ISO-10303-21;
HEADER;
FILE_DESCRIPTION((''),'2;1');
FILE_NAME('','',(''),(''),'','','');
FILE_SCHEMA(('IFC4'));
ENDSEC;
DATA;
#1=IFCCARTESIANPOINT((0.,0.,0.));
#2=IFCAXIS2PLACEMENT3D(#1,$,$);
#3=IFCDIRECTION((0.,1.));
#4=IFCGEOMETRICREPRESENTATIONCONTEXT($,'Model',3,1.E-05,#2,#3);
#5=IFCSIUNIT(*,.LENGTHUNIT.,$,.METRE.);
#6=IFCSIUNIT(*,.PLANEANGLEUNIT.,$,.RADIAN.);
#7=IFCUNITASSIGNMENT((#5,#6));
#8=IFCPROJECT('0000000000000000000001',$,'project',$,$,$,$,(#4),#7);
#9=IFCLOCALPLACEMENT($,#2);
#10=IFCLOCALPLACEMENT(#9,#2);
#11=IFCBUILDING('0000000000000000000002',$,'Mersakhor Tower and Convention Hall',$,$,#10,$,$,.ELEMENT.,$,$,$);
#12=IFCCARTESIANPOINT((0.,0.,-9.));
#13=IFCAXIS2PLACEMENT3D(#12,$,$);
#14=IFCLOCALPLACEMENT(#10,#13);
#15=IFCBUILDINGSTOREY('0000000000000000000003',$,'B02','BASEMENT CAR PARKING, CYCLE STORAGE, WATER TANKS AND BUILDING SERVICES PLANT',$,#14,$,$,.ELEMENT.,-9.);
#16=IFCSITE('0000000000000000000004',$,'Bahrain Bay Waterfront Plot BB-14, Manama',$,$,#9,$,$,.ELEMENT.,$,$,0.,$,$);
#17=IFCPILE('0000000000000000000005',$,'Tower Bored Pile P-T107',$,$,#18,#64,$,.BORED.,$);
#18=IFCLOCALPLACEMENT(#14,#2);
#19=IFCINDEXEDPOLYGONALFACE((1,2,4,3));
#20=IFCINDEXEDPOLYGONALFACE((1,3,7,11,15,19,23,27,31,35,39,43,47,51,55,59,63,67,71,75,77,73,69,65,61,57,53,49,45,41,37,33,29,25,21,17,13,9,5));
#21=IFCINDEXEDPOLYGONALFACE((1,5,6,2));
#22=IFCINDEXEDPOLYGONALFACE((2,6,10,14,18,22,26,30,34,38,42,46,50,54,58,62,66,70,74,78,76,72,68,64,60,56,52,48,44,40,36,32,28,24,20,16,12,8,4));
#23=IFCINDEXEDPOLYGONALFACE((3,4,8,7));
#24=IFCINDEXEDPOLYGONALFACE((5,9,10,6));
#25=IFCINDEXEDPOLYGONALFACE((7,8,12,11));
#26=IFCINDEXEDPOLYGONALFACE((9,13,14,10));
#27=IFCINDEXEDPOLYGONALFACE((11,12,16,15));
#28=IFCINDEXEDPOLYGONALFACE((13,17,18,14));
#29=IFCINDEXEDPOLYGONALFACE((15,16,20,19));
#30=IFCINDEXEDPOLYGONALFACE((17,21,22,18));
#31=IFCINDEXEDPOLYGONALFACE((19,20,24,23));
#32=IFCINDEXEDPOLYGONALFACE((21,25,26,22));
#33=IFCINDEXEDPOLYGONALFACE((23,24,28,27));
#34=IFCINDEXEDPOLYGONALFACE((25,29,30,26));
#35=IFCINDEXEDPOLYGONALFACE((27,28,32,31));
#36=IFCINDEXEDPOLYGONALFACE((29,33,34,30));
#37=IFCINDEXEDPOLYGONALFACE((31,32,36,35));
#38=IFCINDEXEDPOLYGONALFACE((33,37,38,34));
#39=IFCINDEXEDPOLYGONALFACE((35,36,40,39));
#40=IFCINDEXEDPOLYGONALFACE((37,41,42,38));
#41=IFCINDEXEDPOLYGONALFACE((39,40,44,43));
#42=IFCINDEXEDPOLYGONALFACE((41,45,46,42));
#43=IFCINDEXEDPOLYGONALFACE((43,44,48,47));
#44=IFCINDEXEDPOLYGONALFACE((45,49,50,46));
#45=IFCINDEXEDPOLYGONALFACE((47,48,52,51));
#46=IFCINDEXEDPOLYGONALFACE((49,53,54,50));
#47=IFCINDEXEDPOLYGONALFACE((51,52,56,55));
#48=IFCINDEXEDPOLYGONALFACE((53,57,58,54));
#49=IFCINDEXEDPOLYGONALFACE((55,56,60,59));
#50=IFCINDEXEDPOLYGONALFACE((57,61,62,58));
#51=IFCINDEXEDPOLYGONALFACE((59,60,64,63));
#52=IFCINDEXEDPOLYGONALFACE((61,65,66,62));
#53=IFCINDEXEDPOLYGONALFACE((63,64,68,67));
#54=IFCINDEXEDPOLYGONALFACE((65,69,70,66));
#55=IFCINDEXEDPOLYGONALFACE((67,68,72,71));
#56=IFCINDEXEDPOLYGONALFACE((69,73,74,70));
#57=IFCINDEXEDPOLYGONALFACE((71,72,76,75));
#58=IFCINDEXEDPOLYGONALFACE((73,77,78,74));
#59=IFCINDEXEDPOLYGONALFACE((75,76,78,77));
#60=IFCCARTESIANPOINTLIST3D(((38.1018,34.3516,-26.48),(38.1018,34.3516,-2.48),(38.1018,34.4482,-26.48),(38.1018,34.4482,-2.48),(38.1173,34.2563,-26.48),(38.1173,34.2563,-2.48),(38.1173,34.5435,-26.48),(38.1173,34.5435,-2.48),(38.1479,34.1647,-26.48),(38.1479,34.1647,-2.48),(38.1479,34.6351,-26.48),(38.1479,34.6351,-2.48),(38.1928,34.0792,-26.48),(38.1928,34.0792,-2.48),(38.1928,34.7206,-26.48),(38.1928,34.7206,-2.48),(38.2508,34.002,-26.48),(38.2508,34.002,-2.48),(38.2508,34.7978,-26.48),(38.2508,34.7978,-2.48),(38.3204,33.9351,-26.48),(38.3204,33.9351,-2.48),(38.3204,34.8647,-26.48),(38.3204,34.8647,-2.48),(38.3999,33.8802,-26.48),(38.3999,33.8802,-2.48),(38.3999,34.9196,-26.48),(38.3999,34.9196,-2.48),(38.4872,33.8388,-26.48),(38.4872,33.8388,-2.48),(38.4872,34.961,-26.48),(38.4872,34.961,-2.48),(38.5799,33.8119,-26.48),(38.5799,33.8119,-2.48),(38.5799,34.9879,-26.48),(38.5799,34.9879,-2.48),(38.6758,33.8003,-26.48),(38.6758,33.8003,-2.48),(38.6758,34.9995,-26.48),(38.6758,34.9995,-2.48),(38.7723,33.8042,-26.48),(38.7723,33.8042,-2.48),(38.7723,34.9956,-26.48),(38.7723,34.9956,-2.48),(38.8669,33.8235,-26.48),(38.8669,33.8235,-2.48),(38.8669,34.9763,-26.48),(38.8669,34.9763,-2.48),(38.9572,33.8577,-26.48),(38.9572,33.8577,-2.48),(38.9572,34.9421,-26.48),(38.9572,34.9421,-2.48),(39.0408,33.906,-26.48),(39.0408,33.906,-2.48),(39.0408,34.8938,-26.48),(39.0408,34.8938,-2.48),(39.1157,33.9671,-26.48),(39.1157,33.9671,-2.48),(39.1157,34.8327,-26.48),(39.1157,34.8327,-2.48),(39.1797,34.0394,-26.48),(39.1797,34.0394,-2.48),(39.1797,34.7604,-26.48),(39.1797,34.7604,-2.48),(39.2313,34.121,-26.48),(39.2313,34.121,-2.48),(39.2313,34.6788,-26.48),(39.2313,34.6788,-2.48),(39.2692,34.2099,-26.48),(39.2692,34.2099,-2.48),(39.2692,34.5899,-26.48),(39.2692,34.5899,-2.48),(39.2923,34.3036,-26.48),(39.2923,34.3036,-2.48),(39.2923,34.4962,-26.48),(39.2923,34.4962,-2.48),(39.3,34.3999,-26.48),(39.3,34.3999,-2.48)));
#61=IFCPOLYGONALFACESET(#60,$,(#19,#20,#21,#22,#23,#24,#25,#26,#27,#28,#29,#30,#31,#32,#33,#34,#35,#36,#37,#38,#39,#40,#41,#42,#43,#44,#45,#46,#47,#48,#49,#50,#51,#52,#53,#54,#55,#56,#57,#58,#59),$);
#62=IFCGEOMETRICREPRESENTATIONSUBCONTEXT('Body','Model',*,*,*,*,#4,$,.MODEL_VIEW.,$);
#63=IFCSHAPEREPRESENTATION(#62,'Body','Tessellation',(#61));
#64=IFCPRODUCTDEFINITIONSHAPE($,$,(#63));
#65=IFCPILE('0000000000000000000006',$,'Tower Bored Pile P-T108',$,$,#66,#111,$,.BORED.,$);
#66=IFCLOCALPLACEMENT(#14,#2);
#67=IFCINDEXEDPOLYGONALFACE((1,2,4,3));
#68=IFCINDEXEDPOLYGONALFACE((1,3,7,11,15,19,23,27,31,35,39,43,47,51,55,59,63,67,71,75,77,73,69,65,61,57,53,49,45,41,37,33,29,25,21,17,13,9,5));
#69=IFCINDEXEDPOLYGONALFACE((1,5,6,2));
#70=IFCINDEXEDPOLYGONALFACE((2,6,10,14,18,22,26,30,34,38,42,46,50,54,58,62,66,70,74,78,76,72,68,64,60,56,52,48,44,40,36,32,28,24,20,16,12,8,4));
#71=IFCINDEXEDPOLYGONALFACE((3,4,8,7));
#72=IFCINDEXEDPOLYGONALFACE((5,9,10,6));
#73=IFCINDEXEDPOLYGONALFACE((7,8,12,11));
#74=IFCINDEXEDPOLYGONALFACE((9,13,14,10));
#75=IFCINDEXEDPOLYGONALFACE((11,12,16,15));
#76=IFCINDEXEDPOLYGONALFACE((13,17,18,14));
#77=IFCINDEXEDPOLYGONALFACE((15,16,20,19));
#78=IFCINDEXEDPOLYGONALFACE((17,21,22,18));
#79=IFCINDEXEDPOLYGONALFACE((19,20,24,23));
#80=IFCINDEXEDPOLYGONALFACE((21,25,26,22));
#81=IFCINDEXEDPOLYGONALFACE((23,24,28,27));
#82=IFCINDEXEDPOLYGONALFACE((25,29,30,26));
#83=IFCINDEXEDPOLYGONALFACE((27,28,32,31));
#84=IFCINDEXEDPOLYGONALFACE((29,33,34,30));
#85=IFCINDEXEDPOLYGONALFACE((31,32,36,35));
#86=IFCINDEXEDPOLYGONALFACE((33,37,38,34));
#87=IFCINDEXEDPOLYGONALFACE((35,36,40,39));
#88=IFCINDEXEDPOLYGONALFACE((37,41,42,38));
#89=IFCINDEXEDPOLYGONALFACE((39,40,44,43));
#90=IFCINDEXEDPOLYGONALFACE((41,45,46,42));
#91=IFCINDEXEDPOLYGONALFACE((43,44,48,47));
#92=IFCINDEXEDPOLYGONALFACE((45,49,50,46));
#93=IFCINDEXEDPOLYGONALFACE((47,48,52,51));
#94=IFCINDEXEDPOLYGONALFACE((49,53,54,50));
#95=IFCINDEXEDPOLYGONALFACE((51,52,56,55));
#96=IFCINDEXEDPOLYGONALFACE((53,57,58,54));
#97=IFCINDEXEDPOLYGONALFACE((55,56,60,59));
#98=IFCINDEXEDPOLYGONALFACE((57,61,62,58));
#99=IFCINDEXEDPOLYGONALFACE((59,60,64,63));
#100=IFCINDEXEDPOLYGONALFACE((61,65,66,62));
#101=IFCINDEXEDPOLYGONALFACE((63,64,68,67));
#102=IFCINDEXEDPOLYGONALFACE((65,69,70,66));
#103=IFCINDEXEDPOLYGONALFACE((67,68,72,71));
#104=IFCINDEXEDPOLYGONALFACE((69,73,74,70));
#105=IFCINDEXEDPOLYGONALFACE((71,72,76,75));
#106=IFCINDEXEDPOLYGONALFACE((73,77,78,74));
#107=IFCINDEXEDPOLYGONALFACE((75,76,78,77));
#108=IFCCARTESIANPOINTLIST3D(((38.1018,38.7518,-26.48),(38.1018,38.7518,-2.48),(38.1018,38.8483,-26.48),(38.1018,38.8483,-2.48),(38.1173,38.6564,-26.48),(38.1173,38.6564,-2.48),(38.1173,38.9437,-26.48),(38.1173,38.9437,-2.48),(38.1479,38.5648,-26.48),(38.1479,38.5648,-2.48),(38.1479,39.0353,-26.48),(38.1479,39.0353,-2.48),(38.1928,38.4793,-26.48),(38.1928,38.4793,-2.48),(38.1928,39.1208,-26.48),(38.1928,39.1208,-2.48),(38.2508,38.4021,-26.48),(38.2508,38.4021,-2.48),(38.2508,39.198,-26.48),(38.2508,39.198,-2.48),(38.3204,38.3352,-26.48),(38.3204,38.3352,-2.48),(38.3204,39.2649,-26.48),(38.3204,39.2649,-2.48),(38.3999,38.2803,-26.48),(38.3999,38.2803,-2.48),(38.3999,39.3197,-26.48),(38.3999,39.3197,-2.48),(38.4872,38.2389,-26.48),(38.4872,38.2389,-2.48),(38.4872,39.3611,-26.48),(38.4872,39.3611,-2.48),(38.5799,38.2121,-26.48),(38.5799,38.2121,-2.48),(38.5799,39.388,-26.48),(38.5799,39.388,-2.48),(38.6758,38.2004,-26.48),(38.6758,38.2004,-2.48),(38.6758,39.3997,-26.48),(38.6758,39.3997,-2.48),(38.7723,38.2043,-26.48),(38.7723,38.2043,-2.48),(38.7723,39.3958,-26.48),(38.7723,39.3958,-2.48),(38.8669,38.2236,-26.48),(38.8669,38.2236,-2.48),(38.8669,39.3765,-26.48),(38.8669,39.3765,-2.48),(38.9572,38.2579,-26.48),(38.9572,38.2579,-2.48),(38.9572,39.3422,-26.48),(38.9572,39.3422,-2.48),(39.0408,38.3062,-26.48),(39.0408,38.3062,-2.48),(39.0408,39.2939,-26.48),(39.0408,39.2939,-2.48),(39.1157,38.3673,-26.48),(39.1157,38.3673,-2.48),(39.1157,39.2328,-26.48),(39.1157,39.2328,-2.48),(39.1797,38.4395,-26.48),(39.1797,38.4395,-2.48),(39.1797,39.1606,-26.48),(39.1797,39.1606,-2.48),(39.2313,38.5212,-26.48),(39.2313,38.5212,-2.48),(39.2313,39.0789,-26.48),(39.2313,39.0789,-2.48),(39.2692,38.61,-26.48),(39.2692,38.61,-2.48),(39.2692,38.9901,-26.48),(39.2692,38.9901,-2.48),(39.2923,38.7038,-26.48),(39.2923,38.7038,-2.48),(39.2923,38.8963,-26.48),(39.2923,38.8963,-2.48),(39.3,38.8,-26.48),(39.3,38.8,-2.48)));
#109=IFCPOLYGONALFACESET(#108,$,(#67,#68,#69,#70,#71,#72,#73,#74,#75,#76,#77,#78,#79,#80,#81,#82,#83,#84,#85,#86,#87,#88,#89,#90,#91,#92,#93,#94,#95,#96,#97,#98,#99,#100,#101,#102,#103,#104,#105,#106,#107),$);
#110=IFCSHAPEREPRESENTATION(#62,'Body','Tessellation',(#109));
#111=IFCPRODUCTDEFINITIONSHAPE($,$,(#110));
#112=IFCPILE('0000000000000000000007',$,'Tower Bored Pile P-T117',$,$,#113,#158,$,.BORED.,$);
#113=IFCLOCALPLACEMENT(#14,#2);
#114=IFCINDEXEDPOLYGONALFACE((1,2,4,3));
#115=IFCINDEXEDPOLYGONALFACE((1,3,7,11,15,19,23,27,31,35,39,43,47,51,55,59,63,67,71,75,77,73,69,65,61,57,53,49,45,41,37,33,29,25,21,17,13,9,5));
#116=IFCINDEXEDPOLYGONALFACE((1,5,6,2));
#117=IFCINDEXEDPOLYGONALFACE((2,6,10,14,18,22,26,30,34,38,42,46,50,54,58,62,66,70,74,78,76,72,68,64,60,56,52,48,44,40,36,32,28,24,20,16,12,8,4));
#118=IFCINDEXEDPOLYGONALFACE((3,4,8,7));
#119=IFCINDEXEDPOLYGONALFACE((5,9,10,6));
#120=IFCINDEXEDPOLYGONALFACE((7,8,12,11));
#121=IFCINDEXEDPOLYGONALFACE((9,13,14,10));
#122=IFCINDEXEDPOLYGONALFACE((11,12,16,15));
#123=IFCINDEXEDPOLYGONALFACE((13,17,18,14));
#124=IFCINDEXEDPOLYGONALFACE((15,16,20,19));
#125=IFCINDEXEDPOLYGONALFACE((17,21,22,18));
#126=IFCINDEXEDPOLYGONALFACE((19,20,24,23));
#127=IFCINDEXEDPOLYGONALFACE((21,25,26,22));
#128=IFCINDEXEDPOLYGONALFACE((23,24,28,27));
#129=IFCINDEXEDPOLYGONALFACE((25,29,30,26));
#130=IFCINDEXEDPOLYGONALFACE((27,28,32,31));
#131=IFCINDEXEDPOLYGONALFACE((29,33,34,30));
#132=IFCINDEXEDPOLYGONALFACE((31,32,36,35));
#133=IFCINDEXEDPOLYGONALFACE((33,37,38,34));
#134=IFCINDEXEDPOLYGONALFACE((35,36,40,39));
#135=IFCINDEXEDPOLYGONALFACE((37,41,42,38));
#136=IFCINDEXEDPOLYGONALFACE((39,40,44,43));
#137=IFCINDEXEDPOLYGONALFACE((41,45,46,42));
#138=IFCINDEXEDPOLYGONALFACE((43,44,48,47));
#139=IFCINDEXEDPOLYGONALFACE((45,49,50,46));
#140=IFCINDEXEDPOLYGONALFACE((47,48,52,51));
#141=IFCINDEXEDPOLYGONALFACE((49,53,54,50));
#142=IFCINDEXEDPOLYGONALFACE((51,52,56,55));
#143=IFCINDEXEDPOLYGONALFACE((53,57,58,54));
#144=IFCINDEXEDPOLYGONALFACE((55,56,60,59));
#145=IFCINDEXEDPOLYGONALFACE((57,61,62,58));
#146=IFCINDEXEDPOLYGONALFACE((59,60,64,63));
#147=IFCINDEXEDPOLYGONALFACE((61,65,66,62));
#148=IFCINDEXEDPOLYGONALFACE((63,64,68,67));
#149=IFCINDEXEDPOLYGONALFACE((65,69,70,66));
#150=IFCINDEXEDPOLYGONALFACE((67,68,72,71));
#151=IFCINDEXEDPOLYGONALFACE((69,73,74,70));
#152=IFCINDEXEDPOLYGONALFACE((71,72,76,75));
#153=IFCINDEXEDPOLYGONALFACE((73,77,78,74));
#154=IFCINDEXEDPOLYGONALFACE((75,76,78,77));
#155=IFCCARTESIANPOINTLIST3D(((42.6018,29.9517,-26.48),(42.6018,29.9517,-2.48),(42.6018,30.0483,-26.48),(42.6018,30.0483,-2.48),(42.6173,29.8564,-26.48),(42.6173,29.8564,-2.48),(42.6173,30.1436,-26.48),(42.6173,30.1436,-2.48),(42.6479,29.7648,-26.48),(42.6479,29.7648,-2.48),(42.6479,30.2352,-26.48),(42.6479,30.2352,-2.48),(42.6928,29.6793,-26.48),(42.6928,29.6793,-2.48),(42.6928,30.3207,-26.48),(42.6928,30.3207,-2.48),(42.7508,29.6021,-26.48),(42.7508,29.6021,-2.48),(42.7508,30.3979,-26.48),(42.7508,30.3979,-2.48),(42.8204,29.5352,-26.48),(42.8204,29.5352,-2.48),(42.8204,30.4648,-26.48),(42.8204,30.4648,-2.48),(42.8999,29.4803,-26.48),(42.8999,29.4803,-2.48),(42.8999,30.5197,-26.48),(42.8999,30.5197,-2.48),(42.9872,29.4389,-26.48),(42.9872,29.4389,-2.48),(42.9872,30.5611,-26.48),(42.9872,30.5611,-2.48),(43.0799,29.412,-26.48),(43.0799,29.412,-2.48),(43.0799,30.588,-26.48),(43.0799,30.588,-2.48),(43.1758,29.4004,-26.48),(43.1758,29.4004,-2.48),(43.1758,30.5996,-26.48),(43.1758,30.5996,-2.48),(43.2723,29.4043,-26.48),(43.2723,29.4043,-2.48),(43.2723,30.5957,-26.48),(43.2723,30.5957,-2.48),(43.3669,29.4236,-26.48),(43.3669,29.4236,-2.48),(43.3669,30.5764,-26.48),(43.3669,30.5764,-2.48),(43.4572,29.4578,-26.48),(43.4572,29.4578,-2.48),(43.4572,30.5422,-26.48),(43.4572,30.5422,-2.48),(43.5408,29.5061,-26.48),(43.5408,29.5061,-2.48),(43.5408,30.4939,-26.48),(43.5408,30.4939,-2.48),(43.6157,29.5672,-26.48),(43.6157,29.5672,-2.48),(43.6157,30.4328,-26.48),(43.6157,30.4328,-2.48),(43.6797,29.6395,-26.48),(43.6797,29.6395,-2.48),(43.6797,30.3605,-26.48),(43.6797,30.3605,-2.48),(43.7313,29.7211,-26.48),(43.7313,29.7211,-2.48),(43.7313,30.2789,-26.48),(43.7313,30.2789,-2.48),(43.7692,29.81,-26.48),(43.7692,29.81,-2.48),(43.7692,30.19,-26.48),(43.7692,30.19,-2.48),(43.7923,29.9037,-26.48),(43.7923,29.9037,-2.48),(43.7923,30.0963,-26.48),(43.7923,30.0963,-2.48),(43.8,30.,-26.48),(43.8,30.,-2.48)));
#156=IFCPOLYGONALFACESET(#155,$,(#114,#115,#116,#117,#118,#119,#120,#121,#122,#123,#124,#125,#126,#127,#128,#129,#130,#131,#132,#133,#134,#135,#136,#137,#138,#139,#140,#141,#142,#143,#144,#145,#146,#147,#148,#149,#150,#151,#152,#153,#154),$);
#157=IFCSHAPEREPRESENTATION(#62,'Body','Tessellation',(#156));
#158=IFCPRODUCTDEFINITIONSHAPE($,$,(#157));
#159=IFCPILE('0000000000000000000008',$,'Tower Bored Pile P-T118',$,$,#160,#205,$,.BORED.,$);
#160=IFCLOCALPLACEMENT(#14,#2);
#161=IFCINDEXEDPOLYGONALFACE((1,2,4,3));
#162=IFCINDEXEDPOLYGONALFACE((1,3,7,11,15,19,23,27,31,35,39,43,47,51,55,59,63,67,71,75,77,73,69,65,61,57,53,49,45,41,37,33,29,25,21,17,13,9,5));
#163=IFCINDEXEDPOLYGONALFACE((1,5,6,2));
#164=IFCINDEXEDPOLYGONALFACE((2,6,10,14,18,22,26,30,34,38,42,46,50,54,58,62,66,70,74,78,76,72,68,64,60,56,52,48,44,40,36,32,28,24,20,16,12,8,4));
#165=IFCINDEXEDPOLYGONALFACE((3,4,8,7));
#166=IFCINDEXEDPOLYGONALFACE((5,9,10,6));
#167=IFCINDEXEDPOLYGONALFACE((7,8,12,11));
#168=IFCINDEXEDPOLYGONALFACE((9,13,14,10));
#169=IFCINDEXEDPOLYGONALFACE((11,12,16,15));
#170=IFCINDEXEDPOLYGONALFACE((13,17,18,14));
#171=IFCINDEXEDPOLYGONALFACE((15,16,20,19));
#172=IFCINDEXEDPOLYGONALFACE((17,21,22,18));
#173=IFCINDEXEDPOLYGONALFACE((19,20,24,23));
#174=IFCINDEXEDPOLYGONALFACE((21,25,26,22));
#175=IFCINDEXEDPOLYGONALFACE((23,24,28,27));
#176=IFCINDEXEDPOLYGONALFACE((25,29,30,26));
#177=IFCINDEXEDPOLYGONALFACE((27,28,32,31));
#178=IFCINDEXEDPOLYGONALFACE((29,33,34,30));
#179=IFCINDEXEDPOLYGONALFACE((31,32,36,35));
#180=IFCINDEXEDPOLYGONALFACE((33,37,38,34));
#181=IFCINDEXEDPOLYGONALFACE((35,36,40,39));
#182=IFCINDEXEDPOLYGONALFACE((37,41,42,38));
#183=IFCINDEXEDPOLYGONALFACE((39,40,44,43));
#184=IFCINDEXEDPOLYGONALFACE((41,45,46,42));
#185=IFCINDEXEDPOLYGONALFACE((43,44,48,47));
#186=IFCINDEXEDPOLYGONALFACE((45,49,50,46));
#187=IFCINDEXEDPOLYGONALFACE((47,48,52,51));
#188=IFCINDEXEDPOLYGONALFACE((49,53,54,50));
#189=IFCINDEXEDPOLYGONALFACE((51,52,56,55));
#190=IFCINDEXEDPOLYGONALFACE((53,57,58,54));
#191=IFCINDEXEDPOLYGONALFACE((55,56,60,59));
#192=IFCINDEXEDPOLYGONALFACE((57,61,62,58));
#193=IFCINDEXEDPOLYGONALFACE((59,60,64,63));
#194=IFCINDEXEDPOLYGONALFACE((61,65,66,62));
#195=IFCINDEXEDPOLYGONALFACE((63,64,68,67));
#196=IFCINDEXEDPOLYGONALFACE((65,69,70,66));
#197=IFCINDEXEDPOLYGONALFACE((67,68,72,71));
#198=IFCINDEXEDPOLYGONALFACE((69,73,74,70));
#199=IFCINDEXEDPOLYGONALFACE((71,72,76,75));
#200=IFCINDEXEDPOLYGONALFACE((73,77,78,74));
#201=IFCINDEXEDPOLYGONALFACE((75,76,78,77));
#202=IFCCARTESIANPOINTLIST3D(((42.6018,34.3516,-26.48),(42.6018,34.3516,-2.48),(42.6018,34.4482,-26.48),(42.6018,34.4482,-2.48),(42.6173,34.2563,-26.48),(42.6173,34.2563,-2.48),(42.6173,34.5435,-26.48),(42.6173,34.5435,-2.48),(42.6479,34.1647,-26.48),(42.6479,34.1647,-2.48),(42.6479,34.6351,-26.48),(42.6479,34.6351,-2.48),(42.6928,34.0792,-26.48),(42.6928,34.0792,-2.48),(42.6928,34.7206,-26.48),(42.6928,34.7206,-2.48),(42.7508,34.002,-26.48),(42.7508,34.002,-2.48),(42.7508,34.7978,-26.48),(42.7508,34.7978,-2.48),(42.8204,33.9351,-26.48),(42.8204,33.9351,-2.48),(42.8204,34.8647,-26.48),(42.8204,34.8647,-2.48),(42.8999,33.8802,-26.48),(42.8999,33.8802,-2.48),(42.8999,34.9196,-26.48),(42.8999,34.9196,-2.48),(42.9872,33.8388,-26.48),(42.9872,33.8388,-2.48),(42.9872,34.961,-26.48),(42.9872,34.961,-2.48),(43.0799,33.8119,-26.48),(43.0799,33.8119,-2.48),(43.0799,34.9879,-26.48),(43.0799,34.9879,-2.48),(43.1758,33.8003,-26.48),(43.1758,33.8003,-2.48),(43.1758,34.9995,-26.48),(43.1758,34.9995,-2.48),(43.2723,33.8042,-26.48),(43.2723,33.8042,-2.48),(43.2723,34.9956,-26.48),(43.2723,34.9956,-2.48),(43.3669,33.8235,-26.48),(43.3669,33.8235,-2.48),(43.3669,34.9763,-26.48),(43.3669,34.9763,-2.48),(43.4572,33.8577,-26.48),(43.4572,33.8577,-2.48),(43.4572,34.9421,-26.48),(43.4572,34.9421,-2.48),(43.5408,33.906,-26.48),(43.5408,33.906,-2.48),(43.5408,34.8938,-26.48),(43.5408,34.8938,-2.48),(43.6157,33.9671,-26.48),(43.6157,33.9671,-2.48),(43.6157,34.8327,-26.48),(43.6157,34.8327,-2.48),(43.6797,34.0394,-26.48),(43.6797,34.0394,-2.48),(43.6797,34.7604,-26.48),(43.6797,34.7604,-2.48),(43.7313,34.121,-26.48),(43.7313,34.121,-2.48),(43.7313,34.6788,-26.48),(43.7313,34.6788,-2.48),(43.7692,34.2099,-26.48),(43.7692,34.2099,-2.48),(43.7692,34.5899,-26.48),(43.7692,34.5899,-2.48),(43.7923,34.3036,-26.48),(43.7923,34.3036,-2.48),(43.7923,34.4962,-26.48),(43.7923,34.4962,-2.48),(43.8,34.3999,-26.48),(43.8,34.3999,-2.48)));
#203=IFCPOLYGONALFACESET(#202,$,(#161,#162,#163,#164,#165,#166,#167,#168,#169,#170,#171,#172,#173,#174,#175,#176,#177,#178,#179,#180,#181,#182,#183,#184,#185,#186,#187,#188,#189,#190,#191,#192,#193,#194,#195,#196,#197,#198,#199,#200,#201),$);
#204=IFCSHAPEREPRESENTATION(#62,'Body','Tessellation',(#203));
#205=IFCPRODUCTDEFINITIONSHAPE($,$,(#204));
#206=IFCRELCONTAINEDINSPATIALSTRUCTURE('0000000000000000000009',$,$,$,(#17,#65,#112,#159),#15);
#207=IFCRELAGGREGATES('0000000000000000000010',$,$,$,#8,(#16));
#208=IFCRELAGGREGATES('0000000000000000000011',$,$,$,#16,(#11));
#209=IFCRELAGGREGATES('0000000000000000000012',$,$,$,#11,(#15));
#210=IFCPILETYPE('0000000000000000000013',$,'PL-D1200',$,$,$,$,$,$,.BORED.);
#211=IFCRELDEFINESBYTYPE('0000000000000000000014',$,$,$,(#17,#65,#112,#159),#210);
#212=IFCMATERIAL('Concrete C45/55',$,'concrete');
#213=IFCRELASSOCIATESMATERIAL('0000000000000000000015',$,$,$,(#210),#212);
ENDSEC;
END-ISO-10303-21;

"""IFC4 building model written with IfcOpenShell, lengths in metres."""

from ifc_helpers import new_model, si_unit, direction, frame, origin, origin_2d, place, context, subcontext, project, spatial, circle, extrude, material, material_profile, profile_set, type_object, element, save


model = new_model("IFC4")

# Units and contexts
model_context = context("Model", 3, precision=1e-05, world=origin(), true_north=direction((0.0, 1.0)))
body_context = subcontext(model_context, "Body", "Model", "MODEL_VIEW")
ifc_project = project(units=[si_unit("LENGTHUNIT", "METRE"), si_unit("PLANEANGLEUNIT", "RADIAN")], contexts=[model_context])

# Site, building, storey
site_placement = place(None, origin())
site = spatial("IfcSite", under=ifc_project, at=site_placement, Name="Bahrain Bay Waterfront Plot BB-14, Manama", CompositionType="ELEMENT", RefElevation=0.0)
building_placement = place(site_placement, origin())
building = spatial("IfcBuilding", under=site, at=building_placement, Name="Mersakhor Tower and Convention Hall", CompositionType="ELEMENT")
storey_placement = place(building_placement, frame((0.0, 0.0, -9.0)))
storey = spatial("IfcBuildingStorey", under=building, at=storey_placement, Name="B02", Description="BASEMENT CAR PARKING, CYCLE STORAGE, WATER TANKS AND BUILDING SERVICES PLANT", CompositionType="ELEMENT", Elevation=-9.0)

# Piles
ifc_material_1 = material(Name="Concrete C45/55", Category="concrete")
ifc_material_profile_1 = material_profile(ifc_material_1, circle(Radius=0.6001, at=origin_2d()), Name="PILE D1200")
ifc_profile_set_1 = profile_set([ifc_material_profile_1], Name="Concrete C45/55")
pile_type_1 = type_object("IfcPileType", Name="PL-D1200", PredefinedType="BORED", material=ifc_profile_set_1)
for number, where, z_axis, x_axis, name in (
    (1, (38.7, 34.3999, -2.48), (0.0, 0.0, -1.0), (1.0, 0.0, 0.0), "Tower Bored Pile P-T107"),
    (2, (38.7, 38.8, -2.48), (0.0, 0.0, -1.0), (1.0, 0.0, 0.0), "Tower Bored Pile P-T108"),
    (3, (43.2, 30.0, -2.48), (0.0, 0.0, -1.0), (1.0, 0.0, 0.0), "Tower Bored Pile P-T117"),
    (4, (43.2, 34.3999, -2.48), (0.0, 0.0, -1.0), (1.0, 0.0, 0.0), "Tower Bored Pile P-T118"),
):
    element("IfcPile", number, at=place(storey_placement, frame(where, z_axis=z_axis, x_axis=x_axis)), inside=storey, type_object=pile_type_1, Name=name, PredefinedType="BORED", context=body_context, shape_type="SweptSolid", body=[
        extrude(circle(Radius=0.6001, at=origin_2d()), origin(), (0.0, 0.0, 1.0), 24.0),
    ])

save(model, "model.ifc")
